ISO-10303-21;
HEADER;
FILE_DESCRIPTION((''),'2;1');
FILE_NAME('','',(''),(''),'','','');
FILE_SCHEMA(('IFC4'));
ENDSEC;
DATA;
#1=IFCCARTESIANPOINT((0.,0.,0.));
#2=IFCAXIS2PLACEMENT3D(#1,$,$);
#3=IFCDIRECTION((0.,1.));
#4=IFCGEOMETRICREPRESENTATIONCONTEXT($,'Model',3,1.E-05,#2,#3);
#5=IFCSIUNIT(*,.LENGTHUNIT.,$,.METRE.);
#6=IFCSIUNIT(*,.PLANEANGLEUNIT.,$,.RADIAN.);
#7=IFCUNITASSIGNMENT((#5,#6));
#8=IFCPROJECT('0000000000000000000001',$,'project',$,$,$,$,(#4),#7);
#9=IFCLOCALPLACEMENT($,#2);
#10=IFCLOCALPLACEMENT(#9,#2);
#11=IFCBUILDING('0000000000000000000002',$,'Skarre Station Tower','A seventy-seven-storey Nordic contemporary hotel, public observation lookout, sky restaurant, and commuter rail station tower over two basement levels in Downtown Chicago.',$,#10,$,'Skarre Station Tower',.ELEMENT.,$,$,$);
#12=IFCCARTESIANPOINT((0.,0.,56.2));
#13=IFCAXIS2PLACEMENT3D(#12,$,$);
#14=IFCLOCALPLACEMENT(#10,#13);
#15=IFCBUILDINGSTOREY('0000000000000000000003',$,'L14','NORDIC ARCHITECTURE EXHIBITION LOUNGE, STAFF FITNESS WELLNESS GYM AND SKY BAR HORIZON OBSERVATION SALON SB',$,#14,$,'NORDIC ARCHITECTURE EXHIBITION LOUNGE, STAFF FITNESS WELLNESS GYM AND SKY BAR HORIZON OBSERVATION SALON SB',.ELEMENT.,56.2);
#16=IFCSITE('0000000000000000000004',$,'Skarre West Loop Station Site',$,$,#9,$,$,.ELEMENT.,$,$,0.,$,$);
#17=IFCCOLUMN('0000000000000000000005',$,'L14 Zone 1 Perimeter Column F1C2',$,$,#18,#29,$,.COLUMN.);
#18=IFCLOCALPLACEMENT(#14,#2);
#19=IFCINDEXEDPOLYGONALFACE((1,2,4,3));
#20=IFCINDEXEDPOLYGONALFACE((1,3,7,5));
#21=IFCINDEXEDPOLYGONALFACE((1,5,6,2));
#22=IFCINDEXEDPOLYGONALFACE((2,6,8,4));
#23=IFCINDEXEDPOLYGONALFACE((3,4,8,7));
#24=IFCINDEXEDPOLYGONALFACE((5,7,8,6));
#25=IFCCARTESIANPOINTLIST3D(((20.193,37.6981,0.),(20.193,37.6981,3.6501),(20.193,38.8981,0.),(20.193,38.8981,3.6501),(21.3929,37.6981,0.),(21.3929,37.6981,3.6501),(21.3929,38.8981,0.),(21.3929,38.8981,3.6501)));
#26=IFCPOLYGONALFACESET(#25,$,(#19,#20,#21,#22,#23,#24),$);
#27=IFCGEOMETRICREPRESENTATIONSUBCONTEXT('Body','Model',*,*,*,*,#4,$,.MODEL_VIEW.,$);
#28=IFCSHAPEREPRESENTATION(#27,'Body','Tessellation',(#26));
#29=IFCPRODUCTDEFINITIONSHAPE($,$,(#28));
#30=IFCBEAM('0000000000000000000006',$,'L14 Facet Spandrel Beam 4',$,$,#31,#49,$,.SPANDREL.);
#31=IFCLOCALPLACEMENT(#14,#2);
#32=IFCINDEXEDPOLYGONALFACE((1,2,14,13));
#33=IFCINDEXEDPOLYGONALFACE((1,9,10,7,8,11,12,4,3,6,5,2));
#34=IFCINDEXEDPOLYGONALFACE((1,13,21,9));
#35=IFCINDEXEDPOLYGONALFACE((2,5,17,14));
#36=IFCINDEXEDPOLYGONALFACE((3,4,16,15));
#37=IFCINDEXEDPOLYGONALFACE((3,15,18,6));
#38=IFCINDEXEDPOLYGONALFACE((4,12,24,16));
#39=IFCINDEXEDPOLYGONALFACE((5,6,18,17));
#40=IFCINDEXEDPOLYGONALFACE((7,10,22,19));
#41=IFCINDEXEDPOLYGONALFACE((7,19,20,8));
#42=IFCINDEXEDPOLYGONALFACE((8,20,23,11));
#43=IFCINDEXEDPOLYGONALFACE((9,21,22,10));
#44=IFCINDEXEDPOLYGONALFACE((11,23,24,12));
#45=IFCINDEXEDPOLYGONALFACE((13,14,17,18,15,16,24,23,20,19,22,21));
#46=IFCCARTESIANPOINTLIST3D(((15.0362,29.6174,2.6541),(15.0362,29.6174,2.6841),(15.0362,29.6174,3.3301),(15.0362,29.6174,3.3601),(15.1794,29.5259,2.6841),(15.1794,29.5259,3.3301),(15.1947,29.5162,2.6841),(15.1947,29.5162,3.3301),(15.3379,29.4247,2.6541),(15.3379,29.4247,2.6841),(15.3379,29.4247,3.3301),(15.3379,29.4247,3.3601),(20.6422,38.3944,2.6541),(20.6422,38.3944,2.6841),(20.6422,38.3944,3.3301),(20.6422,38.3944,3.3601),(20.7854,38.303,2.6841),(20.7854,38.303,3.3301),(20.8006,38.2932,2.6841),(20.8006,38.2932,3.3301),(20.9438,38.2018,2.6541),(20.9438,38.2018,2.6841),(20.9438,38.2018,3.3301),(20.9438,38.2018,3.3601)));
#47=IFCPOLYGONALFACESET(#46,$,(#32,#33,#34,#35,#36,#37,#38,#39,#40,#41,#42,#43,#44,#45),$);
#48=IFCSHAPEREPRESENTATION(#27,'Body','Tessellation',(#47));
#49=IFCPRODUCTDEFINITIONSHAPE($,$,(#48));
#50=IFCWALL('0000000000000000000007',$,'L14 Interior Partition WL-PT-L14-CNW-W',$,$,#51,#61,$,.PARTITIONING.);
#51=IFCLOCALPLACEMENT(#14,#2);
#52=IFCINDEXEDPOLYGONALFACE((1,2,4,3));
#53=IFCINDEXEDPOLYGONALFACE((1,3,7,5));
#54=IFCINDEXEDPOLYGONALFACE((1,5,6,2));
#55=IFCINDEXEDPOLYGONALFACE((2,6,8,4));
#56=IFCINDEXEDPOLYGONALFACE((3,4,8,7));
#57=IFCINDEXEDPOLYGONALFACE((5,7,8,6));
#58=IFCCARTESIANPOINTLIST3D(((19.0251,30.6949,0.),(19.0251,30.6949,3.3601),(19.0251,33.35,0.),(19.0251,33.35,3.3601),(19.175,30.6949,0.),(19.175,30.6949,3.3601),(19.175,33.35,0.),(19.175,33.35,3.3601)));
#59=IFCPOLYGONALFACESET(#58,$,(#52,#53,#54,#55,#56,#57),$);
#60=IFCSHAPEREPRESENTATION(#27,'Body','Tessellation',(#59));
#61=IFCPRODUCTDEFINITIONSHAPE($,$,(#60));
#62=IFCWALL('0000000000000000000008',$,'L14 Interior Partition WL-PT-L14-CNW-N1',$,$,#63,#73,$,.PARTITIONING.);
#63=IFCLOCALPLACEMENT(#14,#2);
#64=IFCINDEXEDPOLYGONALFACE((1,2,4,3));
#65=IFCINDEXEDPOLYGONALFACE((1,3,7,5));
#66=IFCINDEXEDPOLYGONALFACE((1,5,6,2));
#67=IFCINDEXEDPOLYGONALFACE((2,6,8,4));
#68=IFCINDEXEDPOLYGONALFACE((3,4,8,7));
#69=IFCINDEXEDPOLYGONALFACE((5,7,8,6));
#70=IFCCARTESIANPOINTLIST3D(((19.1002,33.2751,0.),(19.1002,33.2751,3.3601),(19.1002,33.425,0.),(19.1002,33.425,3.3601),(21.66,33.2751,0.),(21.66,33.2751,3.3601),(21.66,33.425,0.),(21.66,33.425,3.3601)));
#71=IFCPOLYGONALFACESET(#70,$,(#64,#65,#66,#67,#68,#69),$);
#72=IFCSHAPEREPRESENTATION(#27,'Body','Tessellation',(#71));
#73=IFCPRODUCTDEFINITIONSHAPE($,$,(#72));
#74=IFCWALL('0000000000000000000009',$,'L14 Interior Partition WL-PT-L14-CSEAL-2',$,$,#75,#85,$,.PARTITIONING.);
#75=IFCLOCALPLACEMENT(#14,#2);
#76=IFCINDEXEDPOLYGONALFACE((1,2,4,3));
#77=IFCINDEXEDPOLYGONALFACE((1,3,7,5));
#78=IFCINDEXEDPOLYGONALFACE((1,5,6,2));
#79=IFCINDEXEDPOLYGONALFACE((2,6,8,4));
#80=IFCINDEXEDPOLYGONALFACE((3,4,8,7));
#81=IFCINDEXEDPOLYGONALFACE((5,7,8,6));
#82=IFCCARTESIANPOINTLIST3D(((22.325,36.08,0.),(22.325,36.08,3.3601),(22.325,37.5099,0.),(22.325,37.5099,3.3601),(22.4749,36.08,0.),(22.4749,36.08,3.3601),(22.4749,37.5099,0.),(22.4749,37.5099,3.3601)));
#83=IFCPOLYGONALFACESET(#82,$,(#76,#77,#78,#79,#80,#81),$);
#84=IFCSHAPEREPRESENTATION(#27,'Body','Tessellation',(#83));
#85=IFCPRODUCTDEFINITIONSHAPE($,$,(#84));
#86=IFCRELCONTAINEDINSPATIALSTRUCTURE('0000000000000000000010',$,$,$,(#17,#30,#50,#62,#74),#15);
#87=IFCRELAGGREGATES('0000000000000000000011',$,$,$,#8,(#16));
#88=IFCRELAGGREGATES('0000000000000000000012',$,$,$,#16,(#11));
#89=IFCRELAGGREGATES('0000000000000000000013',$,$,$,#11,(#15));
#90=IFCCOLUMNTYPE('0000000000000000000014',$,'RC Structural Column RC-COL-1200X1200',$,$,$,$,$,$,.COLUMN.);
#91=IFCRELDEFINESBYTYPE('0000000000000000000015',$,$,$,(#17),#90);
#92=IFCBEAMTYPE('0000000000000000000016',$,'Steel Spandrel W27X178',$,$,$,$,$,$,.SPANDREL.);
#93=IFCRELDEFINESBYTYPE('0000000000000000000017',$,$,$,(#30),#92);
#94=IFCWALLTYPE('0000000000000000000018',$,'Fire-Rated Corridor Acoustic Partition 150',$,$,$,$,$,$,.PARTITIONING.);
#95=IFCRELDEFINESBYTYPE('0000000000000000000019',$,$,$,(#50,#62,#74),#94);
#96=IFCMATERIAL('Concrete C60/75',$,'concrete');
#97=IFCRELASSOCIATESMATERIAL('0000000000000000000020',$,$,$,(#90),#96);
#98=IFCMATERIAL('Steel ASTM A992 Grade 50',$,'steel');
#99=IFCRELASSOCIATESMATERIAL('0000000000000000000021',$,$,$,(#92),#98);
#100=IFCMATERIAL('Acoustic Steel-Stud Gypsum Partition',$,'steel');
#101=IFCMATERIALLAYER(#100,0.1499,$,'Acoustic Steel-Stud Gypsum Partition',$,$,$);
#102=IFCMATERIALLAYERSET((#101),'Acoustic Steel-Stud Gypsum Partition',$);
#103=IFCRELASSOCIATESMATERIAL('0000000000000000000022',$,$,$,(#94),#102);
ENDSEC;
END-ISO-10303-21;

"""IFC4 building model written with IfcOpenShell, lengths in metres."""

from ifc_helpers import new_model, si_unit, direction, frame, frame_2d, origin, origin_2d, place, context, subcontext, project, spatial, rectangle, i_section, extrude, material, layer, layer_set, material_profile, profile_set, type_object, element, save


model = new_model("IFC4")

# Units and contexts
model_context = context("Model", 3, precision=1e-05, world=origin(), true_north=direction((0.0, 1.0)))
body_context = subcontext(model_context, "Body", "Model", "MODEL_VIEW")
ifc_project = project(units=[si_unit("LENGTHUNIT", "METRE"), si_unit("PLANEANGLEUNIT", "RADIAN")], contexts=[model_context])

# Site, building, storey
site_placement = place(None, origin())
site = spatial("IfcSite", under=ifc_project, at=site_placement, Name="Skarre West Loop Station Site", CompositionType="ELEMENT", RefElevation=0.0)
building_placement = place(site_placement, origin())
building = spatial("IfcBuilding", under=site, at=building_placement, Name="Skarre Station Tower", Description="A seventy-seven-storey Nordic contemporary hotel, public observation lookout, sky restaurant, and commuter rail station tower over two basement levels in Downtown Chicago.", LongName="Skarre Station Tower", CompositionType="ELEMENT")
storey_placement = place(building_placement, frame((0.0, 0.0, 56.2)))
storey = spatial("IfcBuildingStorey", under=building, at=storey_placement, Name="L14", Description="NORDIC ARCHITECTURE EXHIBITION LOUNGE, STAFF FITNESS WELLNESS GYM AND SKY BAR HORIZON OBSERVATION SALON SB", LongName="NORDIC ARCHITECTURE EXHIBITION LOUNGE, STAFF FITNESS WELLNESS GYM AND SKY BAR HORIZON OBSERVATION SALON SB", CompositionType="ELEMENT", Elevation=56.2)

# Column
ifc_material_1 = material(Name="Concrete C60/75", Category="concrete")
ifc_material_profile_1 = material_profile(ifc_material_1, rectangle(XDim=1.2, YDim=1.2, at=origin_2d()), Name="Concrete C60/75")
ifc_profile_set_1 = profile_set([ifc_material_profile_1], Name="Concrete C60/75")
column_type = type_object("IfcColumnType", Name="RC Structural Column RC-COL-1200X1200", PredefinedType="COLUMN", material=ifc_profile_set_1)
column_placement = place(storey_placement, frame((20.793, 38.2981, 0.0), z_axis=(0.0, 0.0, 1.0), x_axis=(1.0, 0.0, 0.0)))
element("IfcColumn", 1, at=column_placement, inside=storey, type_object=column_type, Name="L14 Zone 1 Perimeter Column F1C2", PredefinedType="COLUMN", context=body_context, shape_type="SweptSolid", body=[
    extrude(rectangle(XDim=1.2, YDim=1.2, at=origin_2d()), origin(), (0.0, 0.0, 1.0), 3.6501),
])

# Beam
ifc_material_2 = material(Name="Steel ASTM A992 Grade 50", Category="steel")
ifc_material_profile_2 = material_profile(ifc_material_2, i_section(OverallWidth=0.3579, OverallDepth=0.7061, WebThickness=0.0181, FlangeThickness=0.03, at=origin_2d()), Name="Steel ASTM A992 Grade 50")
ifc_profile_set_2 = profile_set([ifc_material_profile_2], Name="Steel ASTM A992 Grade 50")
beam_type = type_object("IfcBeamType", Name="Steel Spandrel W27X178", PredefinedType="SPANDREL", material=ifc_profile_set_2)
beam_placement = place(storey_placement, frame((20.793, 38.2981, 3.0071), z_axis=(-0.538278, -0.842767, 0.0), x_axis=(0.842767, -0.538278, 0.0)))
element("IfcBeam", 2, at=beam_placement, inside=storey, type_object=beam_type, Name="L14 Facet Spandrel Beam 4", PredefinedType="SPANDREL", context=body_context, shape_type="SweptSolid", body=[
    extrude(i_section(OverallWidth=0.3579, OverallDepth=0.7061, WebThickness=0.0181, FlangeThickness=0.03, at=origin_2d()), origin(), (0.0, 0.0, 1.0), 10.4146),
])

# Walls
ifc_material_3 = material(Name="Acoustic Steel-Stud Gypsum Partition", Category="steel")
ifc_layer_1 = layer(ifc_material_3, 0.1499, Name="Acoustic Steel-Stud Gypsum Partition")
ifc_layer_set_1 = layer_set([ifc_layer_1], Name="Acoustic Steel-Stud Gypsum Partition")
wall_type_1 = type_object("IfcWallType", Name="Fire-Rated Corridor Acoustic Partition 150", PredefinedType="PARTITIONING", material=ifc_layer_set_1)
wall_1_placement = place(storey_placement, frame((19.1001, 33.3501, 0.0), z_axis=(0.0, 0.0, 1.0), x_axis=(0.0, -1.0, 0.0)))
element("IfcWall", 3, at=wall_1_placement, inside=storey, type_object=wall_type_1, Name="L14 Interior Partition WL-PT-L14-CNW-W", PredefinedType="PARTITIONING", context=body_context, shape_type="SweptSolid", body=[
    extrude(rectangle(XDim=2.655, YDim=0.1499, at=frame_2d((1.3276, 0.0))), origin(), (0.0, 0.0, 1.0), 3.3601),
])
wall_2_placement = place(storey_placement, frame((21.6599, 33.3501, 0.0), z_axis=(0.0, 0.0, 1.0), x_axis=(-1.0, 0.0, 0.0)))
element("IfcWall", 4, at=wall_2_placement, inside=storey, type_object=wall_type_1, Name="L14 Interior Partition WL-PT-L14-CNW-N1", PredefinedType="PARTITIONING", context=body_context, shape_type="SweptSolid", body=[
    extrude(rectangle(XDim=2.5598, YDim=0.1499, at=frame_2d((1.2798, 0.0))), origin(), (0.0, 0.0, 1.0), 3.3601),
])
wall_3_placement = place(storey_placement, frame((22.3999, 36.0801, 0.0), z_axis=(0.0, 0.0, 1.0), x_axis=(0.0, 1.0, 0.0)))
element("IfcWall", 5, at=wall_3_placement, inside=storey, type_object=wall_type_1, Name="L14 Interior Partition WL-PT-L14-CSEAL-2", PredefinedType="PARTITIONING", context=body_context, shape_type="SweptSolid", body=[
    extrude(rectangle(XDim=1.4299, YDim=0.1499, at=frame_2d((0.7148, 0.0))), origin(), (0.0, 0.0, 1.0), 3.3601),
])

save(model, "model.ifc")
